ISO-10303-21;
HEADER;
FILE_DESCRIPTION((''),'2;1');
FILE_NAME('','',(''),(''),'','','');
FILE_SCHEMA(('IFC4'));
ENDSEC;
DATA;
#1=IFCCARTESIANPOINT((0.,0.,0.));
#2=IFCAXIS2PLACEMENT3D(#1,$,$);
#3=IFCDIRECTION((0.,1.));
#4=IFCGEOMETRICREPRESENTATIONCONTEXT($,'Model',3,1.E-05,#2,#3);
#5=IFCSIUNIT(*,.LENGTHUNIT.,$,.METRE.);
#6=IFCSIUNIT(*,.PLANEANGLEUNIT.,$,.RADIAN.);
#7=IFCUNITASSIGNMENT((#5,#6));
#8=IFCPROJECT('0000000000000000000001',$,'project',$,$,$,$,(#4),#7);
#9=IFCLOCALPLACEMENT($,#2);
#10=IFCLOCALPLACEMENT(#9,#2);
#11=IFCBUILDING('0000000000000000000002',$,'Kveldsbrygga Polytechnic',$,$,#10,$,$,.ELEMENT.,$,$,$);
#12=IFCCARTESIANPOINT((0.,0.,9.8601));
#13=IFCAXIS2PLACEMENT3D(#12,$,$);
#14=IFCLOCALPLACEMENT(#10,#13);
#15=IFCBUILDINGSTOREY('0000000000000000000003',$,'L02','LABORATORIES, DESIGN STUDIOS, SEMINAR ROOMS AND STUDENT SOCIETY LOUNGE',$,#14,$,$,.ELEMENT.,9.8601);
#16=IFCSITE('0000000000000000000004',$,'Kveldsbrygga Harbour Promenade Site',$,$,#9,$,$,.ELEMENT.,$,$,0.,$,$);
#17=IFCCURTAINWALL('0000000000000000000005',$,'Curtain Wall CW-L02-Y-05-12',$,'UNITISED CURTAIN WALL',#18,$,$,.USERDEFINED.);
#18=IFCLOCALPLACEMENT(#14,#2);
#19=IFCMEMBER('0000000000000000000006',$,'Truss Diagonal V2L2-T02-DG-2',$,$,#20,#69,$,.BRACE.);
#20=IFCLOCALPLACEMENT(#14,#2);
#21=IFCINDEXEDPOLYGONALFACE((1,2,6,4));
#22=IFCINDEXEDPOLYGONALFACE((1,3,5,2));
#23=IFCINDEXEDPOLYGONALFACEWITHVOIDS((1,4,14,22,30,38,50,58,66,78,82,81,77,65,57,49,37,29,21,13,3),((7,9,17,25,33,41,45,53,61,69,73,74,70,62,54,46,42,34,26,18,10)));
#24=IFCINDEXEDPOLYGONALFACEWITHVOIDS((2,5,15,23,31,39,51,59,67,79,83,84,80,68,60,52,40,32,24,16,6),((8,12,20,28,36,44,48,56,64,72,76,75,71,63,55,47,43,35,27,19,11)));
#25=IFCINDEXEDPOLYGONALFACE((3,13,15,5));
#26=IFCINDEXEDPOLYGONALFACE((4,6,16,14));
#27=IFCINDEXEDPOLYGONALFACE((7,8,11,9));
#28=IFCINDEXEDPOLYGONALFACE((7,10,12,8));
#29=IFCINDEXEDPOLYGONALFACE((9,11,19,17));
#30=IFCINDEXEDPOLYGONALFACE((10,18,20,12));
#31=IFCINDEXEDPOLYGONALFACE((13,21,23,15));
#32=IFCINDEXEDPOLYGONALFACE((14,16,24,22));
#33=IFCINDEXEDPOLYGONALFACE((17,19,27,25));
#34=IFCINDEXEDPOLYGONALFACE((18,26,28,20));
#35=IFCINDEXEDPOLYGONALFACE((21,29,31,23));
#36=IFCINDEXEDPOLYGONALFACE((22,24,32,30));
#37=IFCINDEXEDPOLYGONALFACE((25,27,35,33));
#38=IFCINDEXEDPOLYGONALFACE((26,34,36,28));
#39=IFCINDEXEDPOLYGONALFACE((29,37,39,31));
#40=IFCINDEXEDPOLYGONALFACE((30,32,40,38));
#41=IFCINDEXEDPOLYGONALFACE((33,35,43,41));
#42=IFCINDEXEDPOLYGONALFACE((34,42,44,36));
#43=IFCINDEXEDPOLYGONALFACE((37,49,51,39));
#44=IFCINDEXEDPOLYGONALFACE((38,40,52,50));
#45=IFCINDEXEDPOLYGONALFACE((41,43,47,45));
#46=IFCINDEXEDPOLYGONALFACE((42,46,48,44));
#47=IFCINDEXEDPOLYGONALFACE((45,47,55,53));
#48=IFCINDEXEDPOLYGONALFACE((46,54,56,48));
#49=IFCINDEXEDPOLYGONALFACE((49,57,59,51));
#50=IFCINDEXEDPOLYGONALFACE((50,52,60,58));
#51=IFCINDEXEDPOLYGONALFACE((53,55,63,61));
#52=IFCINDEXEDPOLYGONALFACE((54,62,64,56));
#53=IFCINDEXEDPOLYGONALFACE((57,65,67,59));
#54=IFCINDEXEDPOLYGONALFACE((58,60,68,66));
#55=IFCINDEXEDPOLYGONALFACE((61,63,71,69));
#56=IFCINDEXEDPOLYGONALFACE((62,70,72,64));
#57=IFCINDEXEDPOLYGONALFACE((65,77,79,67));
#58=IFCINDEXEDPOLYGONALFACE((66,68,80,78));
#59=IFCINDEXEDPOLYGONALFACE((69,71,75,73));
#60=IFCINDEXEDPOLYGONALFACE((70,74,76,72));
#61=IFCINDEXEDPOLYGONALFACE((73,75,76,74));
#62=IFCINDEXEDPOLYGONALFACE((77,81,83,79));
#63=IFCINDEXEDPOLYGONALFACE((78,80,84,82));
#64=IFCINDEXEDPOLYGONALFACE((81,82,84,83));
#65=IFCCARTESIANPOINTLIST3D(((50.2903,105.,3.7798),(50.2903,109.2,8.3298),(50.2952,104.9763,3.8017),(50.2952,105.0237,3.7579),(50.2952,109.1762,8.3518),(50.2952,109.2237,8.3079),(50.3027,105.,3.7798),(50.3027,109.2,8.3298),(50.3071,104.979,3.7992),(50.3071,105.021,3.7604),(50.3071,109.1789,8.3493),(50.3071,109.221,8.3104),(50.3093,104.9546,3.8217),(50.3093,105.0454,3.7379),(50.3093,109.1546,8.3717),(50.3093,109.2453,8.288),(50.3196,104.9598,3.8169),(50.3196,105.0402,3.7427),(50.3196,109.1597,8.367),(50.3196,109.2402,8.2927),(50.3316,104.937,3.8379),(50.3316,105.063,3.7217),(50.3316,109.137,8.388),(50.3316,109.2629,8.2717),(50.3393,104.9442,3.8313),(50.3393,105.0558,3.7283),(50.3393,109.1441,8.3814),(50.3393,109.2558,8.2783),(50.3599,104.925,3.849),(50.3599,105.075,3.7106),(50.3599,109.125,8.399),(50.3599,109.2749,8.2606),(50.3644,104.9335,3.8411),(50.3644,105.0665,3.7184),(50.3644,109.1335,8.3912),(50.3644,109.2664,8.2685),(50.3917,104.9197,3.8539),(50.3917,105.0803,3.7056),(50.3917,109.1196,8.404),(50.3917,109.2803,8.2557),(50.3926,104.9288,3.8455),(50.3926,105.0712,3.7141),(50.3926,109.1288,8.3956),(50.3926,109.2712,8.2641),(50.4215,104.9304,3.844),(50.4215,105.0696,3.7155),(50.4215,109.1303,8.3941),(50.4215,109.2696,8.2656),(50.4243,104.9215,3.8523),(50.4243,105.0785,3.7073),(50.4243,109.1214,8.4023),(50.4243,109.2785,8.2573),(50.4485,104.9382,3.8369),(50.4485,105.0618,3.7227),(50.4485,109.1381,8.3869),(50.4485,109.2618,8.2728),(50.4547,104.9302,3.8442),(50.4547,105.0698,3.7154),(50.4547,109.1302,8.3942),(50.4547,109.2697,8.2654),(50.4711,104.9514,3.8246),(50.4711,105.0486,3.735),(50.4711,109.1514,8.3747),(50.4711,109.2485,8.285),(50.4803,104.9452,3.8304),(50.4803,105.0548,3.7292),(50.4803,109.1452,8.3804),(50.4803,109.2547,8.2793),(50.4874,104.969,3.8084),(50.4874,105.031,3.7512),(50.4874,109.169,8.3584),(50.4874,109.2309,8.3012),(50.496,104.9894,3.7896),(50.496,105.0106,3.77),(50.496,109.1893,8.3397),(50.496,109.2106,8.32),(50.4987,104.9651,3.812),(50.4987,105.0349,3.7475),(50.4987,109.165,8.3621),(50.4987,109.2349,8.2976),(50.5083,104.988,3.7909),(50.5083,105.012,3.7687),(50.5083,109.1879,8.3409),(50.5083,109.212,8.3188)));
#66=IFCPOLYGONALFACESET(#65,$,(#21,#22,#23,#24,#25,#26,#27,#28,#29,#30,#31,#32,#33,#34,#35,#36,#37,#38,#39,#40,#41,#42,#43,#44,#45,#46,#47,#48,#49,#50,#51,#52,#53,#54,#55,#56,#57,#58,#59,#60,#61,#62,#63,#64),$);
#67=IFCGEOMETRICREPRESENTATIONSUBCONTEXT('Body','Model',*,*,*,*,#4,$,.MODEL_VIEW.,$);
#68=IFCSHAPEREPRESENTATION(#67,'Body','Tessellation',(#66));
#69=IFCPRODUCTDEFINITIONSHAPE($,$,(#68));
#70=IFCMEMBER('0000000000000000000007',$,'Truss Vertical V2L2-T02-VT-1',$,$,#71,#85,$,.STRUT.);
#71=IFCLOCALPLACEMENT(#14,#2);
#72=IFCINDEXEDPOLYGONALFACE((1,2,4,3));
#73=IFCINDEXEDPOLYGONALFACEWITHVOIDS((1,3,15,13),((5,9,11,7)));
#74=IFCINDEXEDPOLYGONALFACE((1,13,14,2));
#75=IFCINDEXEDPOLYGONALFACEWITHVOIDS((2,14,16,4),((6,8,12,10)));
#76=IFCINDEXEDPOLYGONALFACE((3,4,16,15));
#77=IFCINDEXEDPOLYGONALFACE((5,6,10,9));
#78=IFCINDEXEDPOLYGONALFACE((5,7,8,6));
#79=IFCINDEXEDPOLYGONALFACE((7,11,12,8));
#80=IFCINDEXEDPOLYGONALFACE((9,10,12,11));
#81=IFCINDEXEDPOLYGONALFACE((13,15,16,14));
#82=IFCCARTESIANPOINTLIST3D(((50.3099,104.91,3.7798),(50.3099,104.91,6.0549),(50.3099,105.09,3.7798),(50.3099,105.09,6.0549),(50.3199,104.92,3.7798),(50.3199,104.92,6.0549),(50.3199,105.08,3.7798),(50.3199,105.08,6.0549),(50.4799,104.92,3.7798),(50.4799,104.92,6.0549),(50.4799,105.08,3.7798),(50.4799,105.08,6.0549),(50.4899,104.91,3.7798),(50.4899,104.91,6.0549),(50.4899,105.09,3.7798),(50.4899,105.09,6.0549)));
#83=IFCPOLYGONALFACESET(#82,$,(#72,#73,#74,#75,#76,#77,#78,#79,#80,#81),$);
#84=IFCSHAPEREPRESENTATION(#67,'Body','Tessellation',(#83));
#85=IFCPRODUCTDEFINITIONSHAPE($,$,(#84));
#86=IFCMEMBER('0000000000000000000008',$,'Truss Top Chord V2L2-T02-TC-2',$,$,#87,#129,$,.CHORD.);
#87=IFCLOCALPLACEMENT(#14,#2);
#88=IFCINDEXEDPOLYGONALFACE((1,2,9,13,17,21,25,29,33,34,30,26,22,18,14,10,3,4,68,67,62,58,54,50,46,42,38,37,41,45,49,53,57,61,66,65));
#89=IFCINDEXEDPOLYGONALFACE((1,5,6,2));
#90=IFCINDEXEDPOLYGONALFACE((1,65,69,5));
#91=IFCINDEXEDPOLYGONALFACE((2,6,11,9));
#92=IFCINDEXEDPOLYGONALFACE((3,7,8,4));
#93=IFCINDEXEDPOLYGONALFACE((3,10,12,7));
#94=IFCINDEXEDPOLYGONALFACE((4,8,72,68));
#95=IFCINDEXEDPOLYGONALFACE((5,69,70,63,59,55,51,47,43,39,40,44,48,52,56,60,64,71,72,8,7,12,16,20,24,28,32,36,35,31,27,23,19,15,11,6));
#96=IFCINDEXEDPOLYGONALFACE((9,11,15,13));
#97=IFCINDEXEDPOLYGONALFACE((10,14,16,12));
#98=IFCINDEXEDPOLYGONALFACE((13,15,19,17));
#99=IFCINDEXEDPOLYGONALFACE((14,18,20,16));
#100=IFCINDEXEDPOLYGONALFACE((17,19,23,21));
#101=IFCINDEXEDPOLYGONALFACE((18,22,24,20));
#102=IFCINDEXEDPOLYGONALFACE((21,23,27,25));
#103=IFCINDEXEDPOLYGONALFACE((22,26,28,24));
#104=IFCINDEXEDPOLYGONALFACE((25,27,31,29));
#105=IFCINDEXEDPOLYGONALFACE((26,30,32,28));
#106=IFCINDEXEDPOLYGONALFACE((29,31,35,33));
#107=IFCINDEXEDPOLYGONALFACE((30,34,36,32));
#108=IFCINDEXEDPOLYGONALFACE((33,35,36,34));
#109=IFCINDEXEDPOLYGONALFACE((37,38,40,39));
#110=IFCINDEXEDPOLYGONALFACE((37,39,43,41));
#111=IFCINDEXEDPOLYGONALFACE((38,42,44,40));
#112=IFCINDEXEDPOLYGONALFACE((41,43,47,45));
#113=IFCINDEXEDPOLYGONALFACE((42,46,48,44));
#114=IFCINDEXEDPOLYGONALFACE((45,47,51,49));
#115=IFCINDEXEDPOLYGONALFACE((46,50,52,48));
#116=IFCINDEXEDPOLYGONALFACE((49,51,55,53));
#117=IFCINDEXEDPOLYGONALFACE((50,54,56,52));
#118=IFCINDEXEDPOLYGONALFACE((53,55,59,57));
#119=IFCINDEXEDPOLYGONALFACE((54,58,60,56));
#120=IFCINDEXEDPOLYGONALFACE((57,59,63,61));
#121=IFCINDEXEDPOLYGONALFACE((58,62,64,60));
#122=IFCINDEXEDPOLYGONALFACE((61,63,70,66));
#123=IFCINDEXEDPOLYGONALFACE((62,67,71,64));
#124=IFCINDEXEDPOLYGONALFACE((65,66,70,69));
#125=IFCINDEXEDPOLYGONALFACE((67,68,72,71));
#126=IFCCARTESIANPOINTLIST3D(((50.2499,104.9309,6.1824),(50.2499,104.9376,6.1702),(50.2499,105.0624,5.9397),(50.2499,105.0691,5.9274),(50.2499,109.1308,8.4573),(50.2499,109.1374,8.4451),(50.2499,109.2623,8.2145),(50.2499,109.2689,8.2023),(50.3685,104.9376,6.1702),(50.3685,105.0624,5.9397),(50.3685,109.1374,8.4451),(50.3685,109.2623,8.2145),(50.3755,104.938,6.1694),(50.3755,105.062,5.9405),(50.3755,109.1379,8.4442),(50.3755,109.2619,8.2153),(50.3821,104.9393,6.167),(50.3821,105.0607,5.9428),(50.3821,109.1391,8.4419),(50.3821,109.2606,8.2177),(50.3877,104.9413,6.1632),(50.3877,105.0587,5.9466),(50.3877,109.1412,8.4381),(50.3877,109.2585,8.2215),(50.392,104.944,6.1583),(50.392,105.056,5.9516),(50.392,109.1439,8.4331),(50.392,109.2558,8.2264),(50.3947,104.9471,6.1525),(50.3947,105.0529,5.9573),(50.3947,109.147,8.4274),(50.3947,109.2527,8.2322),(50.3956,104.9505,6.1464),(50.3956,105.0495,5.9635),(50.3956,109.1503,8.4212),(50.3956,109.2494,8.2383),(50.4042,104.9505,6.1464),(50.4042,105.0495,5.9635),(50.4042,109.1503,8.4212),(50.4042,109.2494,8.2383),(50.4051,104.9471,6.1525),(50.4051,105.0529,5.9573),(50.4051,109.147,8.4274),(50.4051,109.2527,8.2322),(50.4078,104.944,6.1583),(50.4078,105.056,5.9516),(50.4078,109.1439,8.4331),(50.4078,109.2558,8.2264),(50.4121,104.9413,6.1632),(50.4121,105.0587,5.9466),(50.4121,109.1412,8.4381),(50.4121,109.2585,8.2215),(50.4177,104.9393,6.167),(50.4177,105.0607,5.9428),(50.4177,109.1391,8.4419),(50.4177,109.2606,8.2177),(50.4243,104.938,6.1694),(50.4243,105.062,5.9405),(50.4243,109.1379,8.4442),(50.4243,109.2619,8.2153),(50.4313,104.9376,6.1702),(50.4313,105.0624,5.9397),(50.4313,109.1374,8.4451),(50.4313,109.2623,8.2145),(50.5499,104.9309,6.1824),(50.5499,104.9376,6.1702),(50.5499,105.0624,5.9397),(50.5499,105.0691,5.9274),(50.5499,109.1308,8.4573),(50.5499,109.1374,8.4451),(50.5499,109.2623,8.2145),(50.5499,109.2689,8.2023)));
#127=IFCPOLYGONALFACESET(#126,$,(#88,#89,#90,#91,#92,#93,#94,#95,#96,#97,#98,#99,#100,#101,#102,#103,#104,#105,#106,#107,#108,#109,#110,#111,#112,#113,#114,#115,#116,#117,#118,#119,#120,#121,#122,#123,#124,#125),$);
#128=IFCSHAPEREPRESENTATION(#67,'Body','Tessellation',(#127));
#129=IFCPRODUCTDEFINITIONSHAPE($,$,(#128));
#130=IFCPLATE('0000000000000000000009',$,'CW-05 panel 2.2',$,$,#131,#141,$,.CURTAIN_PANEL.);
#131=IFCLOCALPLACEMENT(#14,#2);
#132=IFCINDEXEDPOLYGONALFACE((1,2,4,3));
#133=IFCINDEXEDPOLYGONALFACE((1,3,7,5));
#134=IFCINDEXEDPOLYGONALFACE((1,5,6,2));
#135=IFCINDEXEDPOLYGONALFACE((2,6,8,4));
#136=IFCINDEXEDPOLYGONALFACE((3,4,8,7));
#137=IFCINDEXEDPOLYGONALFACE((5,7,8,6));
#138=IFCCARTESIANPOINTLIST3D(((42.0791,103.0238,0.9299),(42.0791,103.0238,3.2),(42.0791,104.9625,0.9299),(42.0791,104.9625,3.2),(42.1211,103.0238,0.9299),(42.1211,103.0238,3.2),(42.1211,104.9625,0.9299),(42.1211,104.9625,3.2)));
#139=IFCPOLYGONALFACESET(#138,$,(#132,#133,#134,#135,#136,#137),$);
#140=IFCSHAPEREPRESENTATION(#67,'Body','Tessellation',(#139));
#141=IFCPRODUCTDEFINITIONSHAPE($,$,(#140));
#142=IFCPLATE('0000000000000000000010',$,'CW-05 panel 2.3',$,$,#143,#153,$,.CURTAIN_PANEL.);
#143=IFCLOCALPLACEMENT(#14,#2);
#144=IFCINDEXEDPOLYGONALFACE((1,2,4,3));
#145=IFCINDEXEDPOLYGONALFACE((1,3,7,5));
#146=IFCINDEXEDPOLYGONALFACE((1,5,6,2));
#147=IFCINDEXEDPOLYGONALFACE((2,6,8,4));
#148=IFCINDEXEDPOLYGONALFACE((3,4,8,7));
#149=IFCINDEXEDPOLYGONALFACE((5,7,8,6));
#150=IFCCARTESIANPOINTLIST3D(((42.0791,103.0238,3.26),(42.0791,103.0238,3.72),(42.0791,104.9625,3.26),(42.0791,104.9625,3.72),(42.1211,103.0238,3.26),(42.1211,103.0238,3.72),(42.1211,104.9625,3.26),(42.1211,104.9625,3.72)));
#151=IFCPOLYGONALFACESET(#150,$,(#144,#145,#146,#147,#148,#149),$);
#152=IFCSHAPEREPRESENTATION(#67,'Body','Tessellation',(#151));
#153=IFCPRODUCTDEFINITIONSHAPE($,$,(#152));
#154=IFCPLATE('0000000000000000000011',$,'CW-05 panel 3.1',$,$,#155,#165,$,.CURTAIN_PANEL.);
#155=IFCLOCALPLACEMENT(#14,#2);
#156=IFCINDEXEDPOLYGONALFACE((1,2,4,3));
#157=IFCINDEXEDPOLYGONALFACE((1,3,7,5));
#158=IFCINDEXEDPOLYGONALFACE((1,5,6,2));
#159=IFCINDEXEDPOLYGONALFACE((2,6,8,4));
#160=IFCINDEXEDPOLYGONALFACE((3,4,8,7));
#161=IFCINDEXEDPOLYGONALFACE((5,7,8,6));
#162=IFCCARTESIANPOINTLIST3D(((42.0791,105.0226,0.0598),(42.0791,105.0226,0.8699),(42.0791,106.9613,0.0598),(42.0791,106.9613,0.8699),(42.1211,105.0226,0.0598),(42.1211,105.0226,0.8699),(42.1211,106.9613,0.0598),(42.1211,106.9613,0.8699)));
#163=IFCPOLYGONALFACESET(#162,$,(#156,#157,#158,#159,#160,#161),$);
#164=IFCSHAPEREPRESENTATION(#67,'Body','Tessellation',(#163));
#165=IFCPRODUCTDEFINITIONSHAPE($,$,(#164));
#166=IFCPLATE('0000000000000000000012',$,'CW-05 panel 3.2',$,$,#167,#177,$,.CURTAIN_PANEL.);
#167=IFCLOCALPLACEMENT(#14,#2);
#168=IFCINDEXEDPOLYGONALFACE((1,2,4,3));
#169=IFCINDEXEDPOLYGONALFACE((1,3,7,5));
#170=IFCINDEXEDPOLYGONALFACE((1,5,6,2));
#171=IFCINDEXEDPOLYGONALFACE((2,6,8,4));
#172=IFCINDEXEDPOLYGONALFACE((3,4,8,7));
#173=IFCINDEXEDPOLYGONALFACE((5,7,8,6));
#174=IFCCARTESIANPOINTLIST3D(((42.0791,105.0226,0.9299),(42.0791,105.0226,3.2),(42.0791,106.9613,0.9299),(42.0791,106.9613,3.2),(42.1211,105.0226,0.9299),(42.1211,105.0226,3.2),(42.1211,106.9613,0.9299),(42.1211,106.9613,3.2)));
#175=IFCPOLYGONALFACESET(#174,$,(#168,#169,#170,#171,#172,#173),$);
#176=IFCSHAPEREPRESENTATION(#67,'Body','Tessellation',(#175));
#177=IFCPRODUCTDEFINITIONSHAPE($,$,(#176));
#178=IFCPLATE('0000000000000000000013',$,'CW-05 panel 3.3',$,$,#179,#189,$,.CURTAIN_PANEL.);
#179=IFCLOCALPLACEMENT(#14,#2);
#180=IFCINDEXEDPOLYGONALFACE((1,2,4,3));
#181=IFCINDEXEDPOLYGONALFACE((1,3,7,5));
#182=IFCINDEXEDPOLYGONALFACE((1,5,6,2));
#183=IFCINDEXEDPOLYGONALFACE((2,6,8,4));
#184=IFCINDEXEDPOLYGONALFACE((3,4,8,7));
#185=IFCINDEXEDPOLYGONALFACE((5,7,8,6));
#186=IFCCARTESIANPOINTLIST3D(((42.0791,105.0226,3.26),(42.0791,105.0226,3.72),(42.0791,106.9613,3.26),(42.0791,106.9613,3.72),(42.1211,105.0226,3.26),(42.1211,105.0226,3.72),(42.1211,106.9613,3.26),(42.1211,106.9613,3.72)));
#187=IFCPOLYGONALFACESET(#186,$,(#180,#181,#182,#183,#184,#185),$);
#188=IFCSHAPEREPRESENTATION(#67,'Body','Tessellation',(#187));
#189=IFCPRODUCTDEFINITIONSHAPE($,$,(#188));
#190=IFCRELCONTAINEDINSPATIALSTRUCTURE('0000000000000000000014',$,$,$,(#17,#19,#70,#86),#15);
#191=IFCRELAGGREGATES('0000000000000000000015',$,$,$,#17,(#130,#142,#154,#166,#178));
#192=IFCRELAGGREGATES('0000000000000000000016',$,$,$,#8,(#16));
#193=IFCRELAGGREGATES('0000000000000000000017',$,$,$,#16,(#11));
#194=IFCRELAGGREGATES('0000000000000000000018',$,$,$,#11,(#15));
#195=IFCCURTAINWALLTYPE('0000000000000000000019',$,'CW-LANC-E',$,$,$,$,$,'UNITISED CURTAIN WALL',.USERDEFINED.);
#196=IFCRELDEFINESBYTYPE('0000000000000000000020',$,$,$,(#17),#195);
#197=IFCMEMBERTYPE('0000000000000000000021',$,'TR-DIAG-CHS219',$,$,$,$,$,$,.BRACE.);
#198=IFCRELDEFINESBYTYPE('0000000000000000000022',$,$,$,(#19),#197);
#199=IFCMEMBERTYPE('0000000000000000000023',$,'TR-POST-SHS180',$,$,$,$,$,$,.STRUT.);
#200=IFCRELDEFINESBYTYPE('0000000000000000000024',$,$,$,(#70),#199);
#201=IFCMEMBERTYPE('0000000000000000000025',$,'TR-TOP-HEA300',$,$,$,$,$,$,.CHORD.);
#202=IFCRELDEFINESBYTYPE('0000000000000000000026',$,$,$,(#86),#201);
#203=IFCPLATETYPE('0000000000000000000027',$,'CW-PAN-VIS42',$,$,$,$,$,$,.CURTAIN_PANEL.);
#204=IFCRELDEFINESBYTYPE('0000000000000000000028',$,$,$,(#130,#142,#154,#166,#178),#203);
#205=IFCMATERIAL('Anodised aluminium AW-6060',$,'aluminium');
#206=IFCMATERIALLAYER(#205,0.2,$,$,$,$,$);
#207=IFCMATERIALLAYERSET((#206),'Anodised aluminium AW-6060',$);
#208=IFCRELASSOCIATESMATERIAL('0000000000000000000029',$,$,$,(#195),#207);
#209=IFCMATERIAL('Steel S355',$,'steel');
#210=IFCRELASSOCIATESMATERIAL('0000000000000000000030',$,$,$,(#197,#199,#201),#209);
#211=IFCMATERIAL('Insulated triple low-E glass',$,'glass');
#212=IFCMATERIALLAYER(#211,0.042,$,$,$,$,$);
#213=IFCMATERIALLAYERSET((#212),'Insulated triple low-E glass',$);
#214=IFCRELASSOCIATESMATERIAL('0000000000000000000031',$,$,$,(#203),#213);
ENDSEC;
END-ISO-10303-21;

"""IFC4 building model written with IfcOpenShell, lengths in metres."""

from ifc_helpers import new_model, si_unit, direction, frame, origin, origin_2d, place, context, subcontext, project, spatial, rectangle, hollow_rectangle, hollow_circle, i_section, extrude, material, layer, layer_set, material_profile, profile_set, type_object, element, aggregate, save


model = new_model("IFC4")

# Units and contexts
model_context = context("Model", 3, precision=1e-05, world=origin(), true_north=direction((0.0, 1.0)))
body_context = subcontext(model_context, "Body", "Model", "MODEL_VIEW")
ifc_project = project(units=[si_unit("LENGTHUNIT", "METRE"), si_unit("PLANEANGLEUNIT", "RADIAN")], contexts=[model_context])

# Site, building, storey
site_placement = place(None, origin())
site = spatial("IfcSite", under=ifc_project, at=site_placement, Name="Kveldsbrygga Harbour Promenade Site", CompositionType="ELEMENT", RefElevation=0.0)
building_placement = place(site_placement, origin())
building = spatial("IfcBuilding", under=site, at=building_placement, Name="Kveldsbrygga Polytechnic", CompositionType="ELEMENT")
storey_placement = place(building_placement, frame((0.0, 0.0, 9.8601)))
storey = spatial("IfcBuildingStorey", under=building, at=storey_placement, Name="L02", Description="LABORATORIES, DESIGN STUDIOS, SEMINAR ROOMS AND STUDENT SOCIETY LOUNGE", CompositionType="ELEMENT", Elevation=9.8601)

# Curtain wall
ifc_material_1 = material(Name="Anodised aluminium AW-6060", Category="aluminium")
ifc_layer_1 = layer(ifc_material_1, 0.2)
ifc_layer_set_1 = layer_set([ifc_layer_1], Name="Anodised aluminium AW-6060")
curtain_wall_type = type_object("IfcCurtainWallType", Name="CW-LANC-E", ElementType="UNITISED CURTAIN WALL", PredefinedType="USERDEFINED", material=ifc_layer_set_1)
curtain_wall_placement = place(storey_placement, origin())
curtain_wall = element("IfcCurtainWall", 1, at=curtain_wall_placement, inside=storey, type_object=curtain_wall_type, Name="Curtain Wall CW-L02-Y-05-12", ObjectType="UNITISED CURTAIN WALL", PredefinedType="USERDEFINED")

# Members
ifc_material_2 = material(Name="Steel S355", Category="steel")
ifc_material_profile_1 = material_profile(ifc_material_2, hollow_circle(Radius=0.1096, WallThickness=0.0125, at=origin_2d()), Name="CHS 219.1x12.5")
ifc_profile_set_1 = profile_set([ifc_material_profile_1], Name="Steel S355")
member_type_1 = type_object("IfcMemberType", Name="TR-DIAG-CHS219", PredefinedType="BRACE", material=ifc_profile_set_1)
member_1_placement = place(storey_placement, frame((50.3999, 105.0, 3.7798), z_axis=(0.0, 0.678272, 0.734811), x_axis=(-1.0, 0.0, 0.0)))
element("IfcMember", 2, at=member_1_placement, inside=storey, type_object=member_type_1, Name="Truss Diagonal V2L2-T02-DG-2", PredefinedType="BRACE", context=body_context, shape_type="SweptSolid", body=[
    extrude(hollow_circle(Radius=0.1096, WallThickness=0.0125, at=origin_2d()), origin(), (0.0, 0.0, 1.0), 6.1921),
])
ifc_material_profile_2 = material_profile(ifc_material_2, hollow_rectangle(XDim=0.1799, YDim=0.1799, WallThickness=0.01, at=origin_2d()), Name="SHS 180x180x10.0")
ifc_profile_set_2 = profile_set([ifc_material_profile_2], Name="Steel S355")
member_type_2 = type_object("IfcMemberType", Name="TR-POST-SHS180", PredefinedType="STRUT", material=ifc_profile_set_2)
member_2_placement = place(storey_placement, frame((50.3999, 105.0, 3.7798), z_axis=(0.0, 0.0, 1.0), x_axis=(1.0, 0.0, 0.0)))
element("IfcMember", 3, at=member_2_placement, inside=storey, type_object=member_type_2, Name="Truss Vertical V2L2-T02-VT-1", PredefinedType="STRUT", context=body_context, shape_type="SweptSolid", body=[
    extrude(hollow_rectangle(XDim=0.1799, YDim=0.1799, WallThickness=0.01, at=origin_2d()), origin(), (0.0, 0.0, 1.0), 2.2751),
])
ifc_material_profile_3 = material_profile(ifc_material_2, i_section(OverallWidth=0.3, OverallDepth=0.29, WebThickness=0.0085, FlangeThickness=0.0139, FilletRadius=0.0271, at=origin_2d()), Name="HEA 300")
ifc_profile_set_3 = profile_set([ifc_material_profile_3], Name="Steel S355")
member_type_3 = type_object("IfcMemberType", Name="TR-TOP-HEA300", PredefinedType="CHORD", material=ifc_profile_set_3)
member_3_placement = place(storey_placement, frame((50.3999, 105.0, 6.0549), z_axis=(0.0, 0.879298, 0.476272), x_axis=(-1.0, 0.0, 0.0)))
element("IfcMember", 4, at=member_3_placement, inside=storey, type_object=member_type_3, Name="Truss Top Chord V2L2-T02-TC-2", PredefinedType="CHORD", context=body_context, shape_type="SweptSolid", body=[
    extrude(i_section(OverallWidth=0.3, OverallDepth=0.29, WebThickness=0.0085, FlangeThickness=0.0139, FilletRadius=0.0271, at=origin_2d()), origin(), (0.0, 0.0, 1.0), 4.7764),
])

# Plates
ifc_material_3 = material(Name="Insulated triple low-E glass", Category="glass")
ifc_layer_2 = layer(ifc_material_3, 0.042)
ifc_layer_set_2 = layer_set([ifc_layer_2], Name="Insulated triple low-E glass")
plate_type_1 = type_object("IfcPlateType", Name="CW-PAN-VIS42", PredefinedType="CURTAIN_PANEL", material=ifc_layer_set_2)
plate_1_placement = place(storey_placement, frame((42.1001, 103.9932, 0.9299), z_axis=(0.0, 0.0, 1.0), x_axis=(0.0, 1.0, 0.0)))
plate_1 = element("IfcPlate", 5, at=plate_1_placement, type_object=plate_type_1, Name="CW-05 panel 2.2", PredefinedType="CURTAIN_PANEL", context=body_context, shape_type="SweptSolid", body=[
    extrude(rectangle(XDim=1.9387, YDim=0.042, at=origin_2d()), origin(), (0.0, 0.0, 1.0), 2.27),
])
plate_2_placement = place(storey_placement, frame((42.1001, 103.9932, 3.26), z_axis=(0.0, 0.0, 1.0), x_axis=(0.0, 1.0, 0.0)))
plate_2 = element("IfcPlate", 6, at=plate_2_placement, type_object=plate_type_1, Name="CW-05 panel 2.3", PredefinedType="CURTAIN_PANEL", context=body_context, shape_type="SweptSolid", body=[
    extrude(rectangle(XDim=1.9387, YDim=0.042, at=origin_2d()), origin(), (0.0, 0.0, 1.0), 0.46),
])
plate_3_placement = place(storey_placement, frame((42.1001, 105.9919, 0.0598), z_axis=(0.0, 0.0, 1.0), x_axis=(0.0, 1.0, 0.0)))
plate_3 = element("IfcPlate", 7, at=plate_3_placement, type_object=plate_type_1, Name="CW-05 panel 3.1", PredefinedType="CURTAIN_PANEL", context=body_context, shape_type="SweptSolid", body=[
    extrude(rectangle(XDim=1.9387, YDim=0.042, at=origin_2d()), origin(), (0.0, 0.0, 1.0), 0.8101),
])
plate_4_placement = place(storey_placement, frame((42.1001, 105.9919, 0.9299), z_axis=(0.0, 0.0, 1.0), x_axis=(0.0, 1.0, 0.0)))
plate_4 = element("IfcPlate", 8, at=plate_4_placement, type_object=plate_type_1, Name="CW-05 panel 3.2", PredefinedType="CURTAIN_PANEL", context=body_context, shape_type="SweptSolid", body=[
    extrude(rectangle(XDim=1.9387, YDim=0.042, at=origin_2d()), origin(), (0.0, 0.0, 1.0), 2.27),
])
plate_5_placement = place(storey_placement, frame((42.1001, 105.9919, 3.26), z_axis=(0.0, 0.0, 1.0), x_axis=(0.0, 1.0, 0.0)))
plate_5 = element("IfcPlate", 9, at=plate_5_placement, type_object=plate_type_1, Name="CW-05 panel 3.3", PredefinedType="CURTAIN_PANEL", context=body_context, shape_type="SweptSolid", body=[
    extrude(rectangle(XDim=1.9387, YDim=0.042, at=origin_2d()), origin(), (0.0, 0.0, 1.0), 0.46),
])
aggregate(curtain_wall, [plate_1, plate_2, plate_3, plate_4, plate_5])

save(model, "model.ifc")
